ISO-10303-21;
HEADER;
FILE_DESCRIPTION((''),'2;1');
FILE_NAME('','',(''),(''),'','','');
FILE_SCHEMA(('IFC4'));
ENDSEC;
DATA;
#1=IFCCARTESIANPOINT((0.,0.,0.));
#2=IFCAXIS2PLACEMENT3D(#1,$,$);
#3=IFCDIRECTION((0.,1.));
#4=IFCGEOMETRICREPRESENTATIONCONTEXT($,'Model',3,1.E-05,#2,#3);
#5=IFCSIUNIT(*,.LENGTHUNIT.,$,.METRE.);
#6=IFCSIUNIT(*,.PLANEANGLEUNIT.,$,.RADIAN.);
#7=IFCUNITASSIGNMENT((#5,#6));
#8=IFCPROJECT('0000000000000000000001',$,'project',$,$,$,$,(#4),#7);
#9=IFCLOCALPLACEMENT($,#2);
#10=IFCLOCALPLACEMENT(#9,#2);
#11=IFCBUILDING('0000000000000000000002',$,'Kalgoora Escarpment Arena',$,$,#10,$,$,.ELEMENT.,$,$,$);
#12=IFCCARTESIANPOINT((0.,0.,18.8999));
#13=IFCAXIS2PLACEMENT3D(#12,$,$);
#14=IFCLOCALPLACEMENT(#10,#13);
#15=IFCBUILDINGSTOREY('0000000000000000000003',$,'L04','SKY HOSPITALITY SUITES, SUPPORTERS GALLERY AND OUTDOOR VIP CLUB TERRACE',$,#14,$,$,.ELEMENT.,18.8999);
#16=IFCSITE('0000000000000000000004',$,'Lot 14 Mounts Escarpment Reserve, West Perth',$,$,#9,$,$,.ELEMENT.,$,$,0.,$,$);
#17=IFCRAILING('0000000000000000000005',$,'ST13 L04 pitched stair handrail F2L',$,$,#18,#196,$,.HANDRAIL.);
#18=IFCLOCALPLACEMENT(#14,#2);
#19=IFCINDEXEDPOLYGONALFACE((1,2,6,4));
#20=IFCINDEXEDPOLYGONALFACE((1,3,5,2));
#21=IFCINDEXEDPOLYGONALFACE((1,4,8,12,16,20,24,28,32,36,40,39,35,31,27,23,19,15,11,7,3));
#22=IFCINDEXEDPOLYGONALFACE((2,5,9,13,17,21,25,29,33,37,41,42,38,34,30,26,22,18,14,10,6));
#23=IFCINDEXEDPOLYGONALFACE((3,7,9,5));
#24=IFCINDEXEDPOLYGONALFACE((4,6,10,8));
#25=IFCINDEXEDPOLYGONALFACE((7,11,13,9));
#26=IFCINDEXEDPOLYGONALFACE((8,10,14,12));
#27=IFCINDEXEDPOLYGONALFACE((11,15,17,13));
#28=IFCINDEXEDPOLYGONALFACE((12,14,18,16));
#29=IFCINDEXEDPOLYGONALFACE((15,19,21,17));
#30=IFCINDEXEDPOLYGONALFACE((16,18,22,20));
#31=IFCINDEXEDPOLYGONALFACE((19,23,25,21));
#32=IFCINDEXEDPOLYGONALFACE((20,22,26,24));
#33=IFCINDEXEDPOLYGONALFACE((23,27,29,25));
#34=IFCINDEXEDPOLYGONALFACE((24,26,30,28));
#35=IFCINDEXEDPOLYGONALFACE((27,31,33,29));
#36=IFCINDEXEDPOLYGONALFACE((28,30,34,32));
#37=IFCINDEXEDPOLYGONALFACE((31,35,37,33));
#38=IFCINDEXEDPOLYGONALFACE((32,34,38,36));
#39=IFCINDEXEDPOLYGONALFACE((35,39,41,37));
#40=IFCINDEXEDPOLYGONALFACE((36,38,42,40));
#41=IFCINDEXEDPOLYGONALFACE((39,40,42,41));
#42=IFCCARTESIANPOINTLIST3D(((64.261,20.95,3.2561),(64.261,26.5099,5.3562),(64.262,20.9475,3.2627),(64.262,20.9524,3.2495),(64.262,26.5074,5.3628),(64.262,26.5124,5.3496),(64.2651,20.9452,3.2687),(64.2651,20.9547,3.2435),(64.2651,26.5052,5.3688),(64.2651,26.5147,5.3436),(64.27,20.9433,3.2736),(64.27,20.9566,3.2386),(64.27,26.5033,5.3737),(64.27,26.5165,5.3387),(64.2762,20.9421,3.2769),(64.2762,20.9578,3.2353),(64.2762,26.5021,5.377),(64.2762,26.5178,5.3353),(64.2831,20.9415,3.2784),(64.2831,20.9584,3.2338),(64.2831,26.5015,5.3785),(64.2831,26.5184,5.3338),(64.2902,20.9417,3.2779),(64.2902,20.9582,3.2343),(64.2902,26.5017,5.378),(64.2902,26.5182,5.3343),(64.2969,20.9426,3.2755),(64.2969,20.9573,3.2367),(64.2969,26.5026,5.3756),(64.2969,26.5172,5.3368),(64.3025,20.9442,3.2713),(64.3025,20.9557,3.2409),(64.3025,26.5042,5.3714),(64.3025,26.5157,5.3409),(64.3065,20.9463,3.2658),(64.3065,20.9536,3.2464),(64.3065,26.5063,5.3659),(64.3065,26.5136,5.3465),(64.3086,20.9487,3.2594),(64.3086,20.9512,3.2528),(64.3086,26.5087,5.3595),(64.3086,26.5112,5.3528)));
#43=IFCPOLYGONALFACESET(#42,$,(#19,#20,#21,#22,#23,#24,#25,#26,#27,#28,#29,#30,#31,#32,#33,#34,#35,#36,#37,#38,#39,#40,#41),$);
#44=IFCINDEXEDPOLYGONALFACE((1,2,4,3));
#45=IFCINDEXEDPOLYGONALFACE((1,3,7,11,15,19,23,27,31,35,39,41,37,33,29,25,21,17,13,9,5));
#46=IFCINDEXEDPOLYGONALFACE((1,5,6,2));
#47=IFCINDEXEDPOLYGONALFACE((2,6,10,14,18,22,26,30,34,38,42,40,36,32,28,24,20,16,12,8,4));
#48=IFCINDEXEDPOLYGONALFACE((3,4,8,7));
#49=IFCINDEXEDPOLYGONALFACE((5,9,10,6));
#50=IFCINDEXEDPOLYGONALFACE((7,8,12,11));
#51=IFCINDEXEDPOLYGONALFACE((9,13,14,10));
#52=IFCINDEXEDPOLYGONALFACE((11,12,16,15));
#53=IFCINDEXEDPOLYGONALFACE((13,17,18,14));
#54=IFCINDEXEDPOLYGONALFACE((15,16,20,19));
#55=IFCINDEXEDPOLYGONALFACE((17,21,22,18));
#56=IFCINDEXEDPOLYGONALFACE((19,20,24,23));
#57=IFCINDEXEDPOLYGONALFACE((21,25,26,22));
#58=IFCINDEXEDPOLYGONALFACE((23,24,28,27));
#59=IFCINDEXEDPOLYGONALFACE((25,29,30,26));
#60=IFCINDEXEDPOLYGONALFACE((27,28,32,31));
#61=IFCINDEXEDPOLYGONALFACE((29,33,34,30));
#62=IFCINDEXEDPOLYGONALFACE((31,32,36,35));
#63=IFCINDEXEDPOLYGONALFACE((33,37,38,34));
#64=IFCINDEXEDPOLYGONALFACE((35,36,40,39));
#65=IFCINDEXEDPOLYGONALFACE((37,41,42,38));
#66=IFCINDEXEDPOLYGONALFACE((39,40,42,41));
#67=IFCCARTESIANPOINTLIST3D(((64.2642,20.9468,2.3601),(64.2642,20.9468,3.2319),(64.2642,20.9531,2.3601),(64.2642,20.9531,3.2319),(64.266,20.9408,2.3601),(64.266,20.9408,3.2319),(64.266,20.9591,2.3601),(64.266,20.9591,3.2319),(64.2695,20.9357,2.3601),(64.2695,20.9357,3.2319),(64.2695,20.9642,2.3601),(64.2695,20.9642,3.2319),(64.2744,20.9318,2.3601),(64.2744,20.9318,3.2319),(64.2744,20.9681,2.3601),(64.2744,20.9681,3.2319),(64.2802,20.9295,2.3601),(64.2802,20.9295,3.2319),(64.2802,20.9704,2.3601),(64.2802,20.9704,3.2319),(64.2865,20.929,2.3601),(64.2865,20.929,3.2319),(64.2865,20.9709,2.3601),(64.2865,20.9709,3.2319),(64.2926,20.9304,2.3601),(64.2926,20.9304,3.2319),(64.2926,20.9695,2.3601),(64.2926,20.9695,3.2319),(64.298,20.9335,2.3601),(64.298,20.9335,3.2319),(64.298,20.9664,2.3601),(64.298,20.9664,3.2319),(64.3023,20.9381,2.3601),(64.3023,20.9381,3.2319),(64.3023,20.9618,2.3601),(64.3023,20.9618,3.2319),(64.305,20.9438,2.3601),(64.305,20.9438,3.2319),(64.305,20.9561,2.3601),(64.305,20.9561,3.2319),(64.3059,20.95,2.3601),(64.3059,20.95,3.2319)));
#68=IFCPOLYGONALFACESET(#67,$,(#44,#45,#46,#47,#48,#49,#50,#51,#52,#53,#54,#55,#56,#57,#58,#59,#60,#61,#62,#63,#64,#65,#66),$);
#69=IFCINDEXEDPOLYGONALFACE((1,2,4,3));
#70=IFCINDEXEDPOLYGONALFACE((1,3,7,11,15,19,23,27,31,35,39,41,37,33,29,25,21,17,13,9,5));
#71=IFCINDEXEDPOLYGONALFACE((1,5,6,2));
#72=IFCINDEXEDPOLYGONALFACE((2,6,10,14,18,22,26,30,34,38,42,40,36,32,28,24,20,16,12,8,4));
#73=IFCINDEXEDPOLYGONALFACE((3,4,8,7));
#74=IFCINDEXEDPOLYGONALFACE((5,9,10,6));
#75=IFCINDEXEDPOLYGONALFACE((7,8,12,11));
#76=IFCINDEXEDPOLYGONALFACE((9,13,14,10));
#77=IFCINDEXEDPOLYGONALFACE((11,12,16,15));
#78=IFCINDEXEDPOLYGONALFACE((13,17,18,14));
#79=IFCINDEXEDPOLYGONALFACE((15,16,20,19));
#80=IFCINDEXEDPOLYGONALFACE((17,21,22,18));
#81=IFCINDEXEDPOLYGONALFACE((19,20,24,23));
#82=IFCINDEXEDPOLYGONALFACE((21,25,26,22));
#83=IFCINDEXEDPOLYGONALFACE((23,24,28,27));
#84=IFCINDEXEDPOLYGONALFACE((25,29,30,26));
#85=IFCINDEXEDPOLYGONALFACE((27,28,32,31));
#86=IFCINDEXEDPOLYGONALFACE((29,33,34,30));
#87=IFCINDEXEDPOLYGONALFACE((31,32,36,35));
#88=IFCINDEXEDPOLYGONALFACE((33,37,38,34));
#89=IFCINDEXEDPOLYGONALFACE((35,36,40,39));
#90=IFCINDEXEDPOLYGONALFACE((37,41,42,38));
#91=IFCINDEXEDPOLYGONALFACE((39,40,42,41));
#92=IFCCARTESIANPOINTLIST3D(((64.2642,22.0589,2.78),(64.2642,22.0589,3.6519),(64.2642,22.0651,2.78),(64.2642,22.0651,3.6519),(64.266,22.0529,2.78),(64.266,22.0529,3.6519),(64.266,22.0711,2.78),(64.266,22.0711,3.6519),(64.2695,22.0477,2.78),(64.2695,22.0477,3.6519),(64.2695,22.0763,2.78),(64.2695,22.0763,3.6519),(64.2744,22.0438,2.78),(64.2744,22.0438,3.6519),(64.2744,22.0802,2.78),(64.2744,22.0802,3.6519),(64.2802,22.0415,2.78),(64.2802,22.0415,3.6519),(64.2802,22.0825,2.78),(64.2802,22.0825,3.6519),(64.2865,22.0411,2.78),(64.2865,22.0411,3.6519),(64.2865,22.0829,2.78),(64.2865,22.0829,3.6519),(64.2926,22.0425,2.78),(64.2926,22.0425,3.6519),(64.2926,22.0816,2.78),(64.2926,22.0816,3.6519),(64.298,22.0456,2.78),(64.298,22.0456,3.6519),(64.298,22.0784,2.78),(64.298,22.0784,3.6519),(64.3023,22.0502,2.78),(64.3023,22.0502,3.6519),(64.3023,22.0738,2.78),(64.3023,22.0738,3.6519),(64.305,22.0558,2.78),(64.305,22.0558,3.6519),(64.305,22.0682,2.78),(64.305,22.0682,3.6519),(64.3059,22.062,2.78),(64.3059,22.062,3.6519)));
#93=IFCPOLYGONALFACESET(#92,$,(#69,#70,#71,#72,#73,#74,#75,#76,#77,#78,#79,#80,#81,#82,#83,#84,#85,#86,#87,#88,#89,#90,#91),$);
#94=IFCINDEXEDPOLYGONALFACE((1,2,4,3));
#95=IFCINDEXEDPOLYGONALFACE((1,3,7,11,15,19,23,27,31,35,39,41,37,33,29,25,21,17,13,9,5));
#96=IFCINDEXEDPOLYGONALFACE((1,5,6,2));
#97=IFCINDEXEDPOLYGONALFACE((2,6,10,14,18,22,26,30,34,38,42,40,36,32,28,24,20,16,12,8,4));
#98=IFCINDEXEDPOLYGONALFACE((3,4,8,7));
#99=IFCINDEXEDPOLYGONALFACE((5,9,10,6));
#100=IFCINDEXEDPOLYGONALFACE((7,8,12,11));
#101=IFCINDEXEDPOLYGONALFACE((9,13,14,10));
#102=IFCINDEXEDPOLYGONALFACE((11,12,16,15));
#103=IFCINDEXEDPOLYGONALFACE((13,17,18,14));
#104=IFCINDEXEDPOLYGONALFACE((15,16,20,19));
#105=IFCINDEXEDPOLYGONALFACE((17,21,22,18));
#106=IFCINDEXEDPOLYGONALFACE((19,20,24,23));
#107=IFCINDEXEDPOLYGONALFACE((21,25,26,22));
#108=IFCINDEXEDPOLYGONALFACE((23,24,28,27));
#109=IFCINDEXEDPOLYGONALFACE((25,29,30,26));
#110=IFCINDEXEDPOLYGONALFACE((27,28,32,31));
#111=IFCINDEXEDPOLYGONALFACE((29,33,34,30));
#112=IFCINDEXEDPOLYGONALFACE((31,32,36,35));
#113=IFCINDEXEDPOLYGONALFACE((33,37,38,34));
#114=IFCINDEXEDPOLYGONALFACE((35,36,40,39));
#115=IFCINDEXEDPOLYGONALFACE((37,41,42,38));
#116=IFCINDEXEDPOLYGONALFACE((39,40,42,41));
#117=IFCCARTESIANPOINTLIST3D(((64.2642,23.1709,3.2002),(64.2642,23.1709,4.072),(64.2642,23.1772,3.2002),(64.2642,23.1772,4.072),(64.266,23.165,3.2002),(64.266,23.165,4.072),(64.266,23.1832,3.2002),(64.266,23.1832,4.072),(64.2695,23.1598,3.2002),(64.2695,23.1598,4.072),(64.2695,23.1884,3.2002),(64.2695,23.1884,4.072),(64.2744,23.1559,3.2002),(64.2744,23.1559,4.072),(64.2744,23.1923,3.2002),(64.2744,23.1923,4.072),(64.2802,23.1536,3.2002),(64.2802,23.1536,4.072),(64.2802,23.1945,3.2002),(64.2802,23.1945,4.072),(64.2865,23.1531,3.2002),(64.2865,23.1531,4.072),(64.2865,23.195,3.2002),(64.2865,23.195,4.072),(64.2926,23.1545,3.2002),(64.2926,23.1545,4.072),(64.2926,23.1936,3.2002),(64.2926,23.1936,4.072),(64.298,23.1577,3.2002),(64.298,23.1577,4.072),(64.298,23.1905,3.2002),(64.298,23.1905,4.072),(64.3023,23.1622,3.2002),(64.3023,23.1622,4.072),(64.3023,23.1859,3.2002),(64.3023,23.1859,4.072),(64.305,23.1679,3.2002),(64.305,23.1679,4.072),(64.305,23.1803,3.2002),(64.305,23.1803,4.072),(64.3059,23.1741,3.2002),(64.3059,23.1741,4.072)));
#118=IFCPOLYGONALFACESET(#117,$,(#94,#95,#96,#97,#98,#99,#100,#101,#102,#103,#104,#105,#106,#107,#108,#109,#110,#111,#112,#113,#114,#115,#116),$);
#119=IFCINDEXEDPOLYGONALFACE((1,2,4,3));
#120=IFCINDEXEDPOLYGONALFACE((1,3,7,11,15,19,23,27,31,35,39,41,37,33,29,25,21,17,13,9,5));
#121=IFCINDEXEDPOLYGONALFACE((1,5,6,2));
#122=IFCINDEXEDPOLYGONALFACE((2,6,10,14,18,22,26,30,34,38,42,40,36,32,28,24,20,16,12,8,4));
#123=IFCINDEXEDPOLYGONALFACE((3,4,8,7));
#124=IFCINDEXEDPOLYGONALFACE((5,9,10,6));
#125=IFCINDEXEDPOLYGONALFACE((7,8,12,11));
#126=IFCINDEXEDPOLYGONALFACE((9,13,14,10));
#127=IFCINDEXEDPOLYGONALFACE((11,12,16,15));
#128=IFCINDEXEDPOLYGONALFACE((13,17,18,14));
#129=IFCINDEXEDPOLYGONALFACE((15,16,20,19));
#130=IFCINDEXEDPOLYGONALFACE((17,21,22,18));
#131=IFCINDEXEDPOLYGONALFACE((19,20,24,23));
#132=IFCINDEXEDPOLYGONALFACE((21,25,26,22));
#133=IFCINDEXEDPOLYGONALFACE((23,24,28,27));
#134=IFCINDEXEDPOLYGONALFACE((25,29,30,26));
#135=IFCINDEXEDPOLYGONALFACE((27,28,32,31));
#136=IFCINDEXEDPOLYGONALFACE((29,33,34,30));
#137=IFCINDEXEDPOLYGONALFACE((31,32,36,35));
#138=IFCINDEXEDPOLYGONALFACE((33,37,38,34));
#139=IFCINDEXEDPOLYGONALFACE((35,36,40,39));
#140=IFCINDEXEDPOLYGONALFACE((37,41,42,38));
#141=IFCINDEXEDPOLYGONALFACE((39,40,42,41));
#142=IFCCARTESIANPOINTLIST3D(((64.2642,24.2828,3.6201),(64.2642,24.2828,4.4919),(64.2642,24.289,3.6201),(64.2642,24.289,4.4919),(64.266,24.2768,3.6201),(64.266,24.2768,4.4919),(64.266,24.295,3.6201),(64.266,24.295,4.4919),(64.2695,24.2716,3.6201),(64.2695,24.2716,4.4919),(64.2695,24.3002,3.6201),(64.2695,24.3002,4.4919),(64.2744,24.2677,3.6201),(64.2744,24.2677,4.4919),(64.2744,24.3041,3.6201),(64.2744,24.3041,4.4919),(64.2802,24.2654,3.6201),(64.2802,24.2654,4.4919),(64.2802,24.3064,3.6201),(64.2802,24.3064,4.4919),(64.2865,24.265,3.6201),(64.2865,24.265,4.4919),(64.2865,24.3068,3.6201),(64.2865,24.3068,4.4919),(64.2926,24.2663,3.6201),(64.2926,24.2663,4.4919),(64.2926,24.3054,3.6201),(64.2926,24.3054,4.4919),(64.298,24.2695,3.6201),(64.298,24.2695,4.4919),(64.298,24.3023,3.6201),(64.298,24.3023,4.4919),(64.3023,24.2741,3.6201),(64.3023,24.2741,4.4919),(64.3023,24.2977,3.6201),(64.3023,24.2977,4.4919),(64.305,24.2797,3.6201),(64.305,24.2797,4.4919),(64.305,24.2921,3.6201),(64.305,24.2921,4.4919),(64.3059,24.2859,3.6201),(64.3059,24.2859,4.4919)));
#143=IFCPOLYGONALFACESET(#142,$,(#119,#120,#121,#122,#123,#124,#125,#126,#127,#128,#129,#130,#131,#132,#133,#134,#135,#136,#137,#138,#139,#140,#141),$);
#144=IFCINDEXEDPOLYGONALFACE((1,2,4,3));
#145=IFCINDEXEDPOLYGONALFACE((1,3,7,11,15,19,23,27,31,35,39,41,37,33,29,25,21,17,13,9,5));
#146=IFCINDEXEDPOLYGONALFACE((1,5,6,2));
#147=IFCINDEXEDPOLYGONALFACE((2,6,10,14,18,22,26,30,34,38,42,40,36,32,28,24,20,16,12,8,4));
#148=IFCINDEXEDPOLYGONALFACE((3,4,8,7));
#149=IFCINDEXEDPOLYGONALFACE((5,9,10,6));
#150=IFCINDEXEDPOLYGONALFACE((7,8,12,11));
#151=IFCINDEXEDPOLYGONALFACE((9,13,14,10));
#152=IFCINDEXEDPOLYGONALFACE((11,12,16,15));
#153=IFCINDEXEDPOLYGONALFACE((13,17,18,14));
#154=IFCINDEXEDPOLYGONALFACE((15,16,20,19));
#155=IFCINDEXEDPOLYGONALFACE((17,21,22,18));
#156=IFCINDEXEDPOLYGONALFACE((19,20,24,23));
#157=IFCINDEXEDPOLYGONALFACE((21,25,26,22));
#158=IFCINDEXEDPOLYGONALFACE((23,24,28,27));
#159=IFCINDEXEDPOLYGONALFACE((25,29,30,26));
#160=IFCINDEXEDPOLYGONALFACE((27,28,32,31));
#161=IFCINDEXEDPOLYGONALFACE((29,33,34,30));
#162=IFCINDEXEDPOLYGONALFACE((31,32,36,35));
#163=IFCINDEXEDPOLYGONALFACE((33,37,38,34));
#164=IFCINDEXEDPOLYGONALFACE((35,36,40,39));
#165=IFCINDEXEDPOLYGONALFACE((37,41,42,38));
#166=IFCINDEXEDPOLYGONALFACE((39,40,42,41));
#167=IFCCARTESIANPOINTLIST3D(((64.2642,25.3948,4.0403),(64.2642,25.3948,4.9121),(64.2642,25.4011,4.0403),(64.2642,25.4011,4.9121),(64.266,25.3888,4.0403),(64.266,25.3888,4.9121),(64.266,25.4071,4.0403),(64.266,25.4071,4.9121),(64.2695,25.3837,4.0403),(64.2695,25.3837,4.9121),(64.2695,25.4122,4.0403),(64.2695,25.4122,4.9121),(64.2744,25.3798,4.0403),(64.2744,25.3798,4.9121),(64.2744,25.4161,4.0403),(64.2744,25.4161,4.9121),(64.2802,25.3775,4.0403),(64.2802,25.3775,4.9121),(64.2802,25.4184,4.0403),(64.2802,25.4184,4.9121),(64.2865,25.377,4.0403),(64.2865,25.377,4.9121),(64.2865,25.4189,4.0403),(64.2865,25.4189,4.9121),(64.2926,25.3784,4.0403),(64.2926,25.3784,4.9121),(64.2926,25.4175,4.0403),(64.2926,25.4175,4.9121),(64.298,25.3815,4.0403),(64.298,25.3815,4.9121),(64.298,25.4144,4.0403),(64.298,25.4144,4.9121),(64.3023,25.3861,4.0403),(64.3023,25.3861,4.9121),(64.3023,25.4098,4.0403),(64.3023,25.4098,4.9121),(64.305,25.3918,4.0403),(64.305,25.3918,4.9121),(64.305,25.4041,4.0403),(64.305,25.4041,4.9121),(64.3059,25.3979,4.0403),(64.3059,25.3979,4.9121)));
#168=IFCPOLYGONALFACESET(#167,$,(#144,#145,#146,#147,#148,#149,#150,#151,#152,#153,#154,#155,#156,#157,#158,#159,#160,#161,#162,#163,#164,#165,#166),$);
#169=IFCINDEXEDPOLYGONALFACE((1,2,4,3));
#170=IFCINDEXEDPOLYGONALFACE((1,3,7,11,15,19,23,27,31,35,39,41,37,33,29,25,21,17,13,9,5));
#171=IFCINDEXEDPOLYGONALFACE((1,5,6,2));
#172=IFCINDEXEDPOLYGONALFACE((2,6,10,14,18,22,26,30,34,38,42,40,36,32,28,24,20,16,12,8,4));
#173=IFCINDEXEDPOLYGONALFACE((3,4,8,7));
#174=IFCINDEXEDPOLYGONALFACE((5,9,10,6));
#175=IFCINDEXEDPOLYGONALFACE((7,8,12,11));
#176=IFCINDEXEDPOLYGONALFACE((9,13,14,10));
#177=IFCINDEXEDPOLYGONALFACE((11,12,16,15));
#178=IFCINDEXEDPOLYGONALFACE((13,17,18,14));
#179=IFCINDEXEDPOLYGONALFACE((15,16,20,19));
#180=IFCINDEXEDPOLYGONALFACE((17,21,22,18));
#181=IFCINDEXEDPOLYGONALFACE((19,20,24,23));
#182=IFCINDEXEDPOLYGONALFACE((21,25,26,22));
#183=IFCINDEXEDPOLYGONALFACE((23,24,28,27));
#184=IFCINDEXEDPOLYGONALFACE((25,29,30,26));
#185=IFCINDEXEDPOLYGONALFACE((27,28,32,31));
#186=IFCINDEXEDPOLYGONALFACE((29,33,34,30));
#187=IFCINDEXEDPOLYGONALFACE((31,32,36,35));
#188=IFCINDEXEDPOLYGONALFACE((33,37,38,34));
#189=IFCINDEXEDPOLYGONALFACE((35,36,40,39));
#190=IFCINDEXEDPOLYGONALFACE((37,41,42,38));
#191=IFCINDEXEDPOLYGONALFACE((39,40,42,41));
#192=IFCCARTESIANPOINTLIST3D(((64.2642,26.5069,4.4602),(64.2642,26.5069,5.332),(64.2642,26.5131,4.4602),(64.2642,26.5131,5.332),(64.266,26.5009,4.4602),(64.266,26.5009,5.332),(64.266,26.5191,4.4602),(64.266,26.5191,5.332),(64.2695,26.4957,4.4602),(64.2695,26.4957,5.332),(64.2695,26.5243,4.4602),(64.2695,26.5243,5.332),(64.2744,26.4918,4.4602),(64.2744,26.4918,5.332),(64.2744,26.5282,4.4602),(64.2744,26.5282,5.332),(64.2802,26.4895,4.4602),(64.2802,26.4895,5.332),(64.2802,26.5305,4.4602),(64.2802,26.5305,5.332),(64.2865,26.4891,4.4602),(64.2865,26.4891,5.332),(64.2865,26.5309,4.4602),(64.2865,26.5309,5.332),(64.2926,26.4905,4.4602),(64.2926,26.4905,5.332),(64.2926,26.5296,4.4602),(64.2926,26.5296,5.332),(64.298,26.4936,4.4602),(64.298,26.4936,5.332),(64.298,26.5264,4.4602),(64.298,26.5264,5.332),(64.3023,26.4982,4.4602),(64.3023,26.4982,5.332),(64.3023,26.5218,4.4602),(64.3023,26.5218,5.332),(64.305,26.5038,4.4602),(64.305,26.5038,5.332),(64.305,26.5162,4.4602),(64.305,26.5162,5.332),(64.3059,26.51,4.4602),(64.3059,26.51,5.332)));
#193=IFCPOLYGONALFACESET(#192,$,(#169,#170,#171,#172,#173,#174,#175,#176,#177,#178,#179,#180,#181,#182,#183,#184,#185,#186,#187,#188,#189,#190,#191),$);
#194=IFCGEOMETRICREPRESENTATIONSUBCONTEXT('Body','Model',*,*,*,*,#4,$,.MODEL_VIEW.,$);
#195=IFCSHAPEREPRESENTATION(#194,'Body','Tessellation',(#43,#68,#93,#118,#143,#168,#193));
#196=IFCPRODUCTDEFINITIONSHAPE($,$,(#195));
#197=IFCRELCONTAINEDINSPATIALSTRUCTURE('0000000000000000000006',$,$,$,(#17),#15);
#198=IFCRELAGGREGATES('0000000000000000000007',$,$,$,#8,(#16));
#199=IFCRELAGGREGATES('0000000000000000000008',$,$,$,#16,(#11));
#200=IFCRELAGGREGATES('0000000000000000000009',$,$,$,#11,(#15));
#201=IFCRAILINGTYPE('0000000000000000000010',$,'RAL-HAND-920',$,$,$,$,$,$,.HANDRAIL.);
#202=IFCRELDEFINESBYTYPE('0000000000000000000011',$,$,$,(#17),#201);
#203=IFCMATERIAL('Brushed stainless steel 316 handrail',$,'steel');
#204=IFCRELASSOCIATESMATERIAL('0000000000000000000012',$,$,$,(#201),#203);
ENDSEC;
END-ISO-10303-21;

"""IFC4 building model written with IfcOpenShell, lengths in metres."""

from ifc_helpers import new_model, si_unit, direction, frame, origin, origin_2d, place, context, subcontext, project, spatial, circle, extrude, material, type_object, element, save


model = new_model("IFC4")

# Units and contexts
model_context = context("Model", 3, precision=1e-05, world=origin(), true_north=direction((0.0, 1.0)))
body_context = subcontext(model_context, "Body", "Model", "MODEL_VIEW")
ifc_project = project(units=[si_unit("LENGTHUNIT", "METRE"), si_unit("PLANEANGLEUNIT", "RADIAN")], contexts=[model_context])

# Site, building, storey
site_placement = place(None, origin())
site = spatial("IfcSite", under=ifc_project, at=site_placement, Name="Lot 14 Mounts Escarpment Reserve, West Perth", CompositionType="ELEMENT", RefElevation=0.0)
building_placement = place(site_placement, origin())
building = spatial("IfcBuilding", under=site, at=building_placement, Name="Kalgoora Escarpment Arena", CompositionType="ELEMENT")
storey_placement = place(building_placement, frame((0.0, 0.0, 18.8999)))
storey = spatial("IfcBuildingStorey", under=building, at=storey_placement, Name="L04", Description="SKY HOSPITALITY SUITES, SUPPORTERS GALLERY AND OUTDOOR VIP CLUB TERRACE", CompositionType="ELEMENT", Elevation=18.8999)

# Railing
ifc_material_1 = material(Name="Brushed stainless steel 316 handrail", Category="steel")
railing_type_1 = type_object("IfcRailingType", Name="RAL-HAND-920", PredefinedType="HANDRAIL", material=ifc_material_1)
for number, where, name in (
    (1, (64.2849, 20.95, 2.3601), "ST13 L04 pitched stair handrail F2L"),
):
    element("IfcRailing", number, at=place(storey_placement, frame(where)), inside=storey, type_object=railing_type_1, Name=name, PredefinedType="HANDRAIL", context=body_context, shape_type="SweptSolid", body=[
        extrude(circle(Radius=0.0239, at=origin_2d()), frame((0.0, 0.0, 0.896), z_axis=(0.0, 0.935493, 0.353346), x_axis=(-1.0, 0.0, 0.0)), (0.0, 0.0, 1.0), 5.9434),
        extrude(circle(Radius=0.021, at=origin_2d()), origin(), (0.0, 0.0, 1.0), 0.8718),
        extrude(circle(Radius=0.021, at=origin_2d()), frame((0.0, 1.1121, 0.4199)), (0.0, 0.0, 1.0), 0.8718),
        extrude(circle(Radius=0.021, at=origin_2d()), frame((0.0, 2.2241, 0.8401)), (0.0, 0.0, 1.0), 0.8718),
        extrude(circle(Radius=0.021, at=origin_2d()), frame((0.0, 3.3359, 1.26)), (0.0, 0.0, 1.0), 0.8718),
        extrude(circle(Radius=0.021, at=origin_2d()), frame((0.0, 4.448, 1.6802)), (0.0, 0.0, 1.0), 0.8718),
        extrude(circle(Radius=0.021, at=origin_2d()), frame((0.0, 5.5601, 2.1001)), (0.0, 0.0, 1.0), 0.8718),
    ])

save(model, "model.ifc")
